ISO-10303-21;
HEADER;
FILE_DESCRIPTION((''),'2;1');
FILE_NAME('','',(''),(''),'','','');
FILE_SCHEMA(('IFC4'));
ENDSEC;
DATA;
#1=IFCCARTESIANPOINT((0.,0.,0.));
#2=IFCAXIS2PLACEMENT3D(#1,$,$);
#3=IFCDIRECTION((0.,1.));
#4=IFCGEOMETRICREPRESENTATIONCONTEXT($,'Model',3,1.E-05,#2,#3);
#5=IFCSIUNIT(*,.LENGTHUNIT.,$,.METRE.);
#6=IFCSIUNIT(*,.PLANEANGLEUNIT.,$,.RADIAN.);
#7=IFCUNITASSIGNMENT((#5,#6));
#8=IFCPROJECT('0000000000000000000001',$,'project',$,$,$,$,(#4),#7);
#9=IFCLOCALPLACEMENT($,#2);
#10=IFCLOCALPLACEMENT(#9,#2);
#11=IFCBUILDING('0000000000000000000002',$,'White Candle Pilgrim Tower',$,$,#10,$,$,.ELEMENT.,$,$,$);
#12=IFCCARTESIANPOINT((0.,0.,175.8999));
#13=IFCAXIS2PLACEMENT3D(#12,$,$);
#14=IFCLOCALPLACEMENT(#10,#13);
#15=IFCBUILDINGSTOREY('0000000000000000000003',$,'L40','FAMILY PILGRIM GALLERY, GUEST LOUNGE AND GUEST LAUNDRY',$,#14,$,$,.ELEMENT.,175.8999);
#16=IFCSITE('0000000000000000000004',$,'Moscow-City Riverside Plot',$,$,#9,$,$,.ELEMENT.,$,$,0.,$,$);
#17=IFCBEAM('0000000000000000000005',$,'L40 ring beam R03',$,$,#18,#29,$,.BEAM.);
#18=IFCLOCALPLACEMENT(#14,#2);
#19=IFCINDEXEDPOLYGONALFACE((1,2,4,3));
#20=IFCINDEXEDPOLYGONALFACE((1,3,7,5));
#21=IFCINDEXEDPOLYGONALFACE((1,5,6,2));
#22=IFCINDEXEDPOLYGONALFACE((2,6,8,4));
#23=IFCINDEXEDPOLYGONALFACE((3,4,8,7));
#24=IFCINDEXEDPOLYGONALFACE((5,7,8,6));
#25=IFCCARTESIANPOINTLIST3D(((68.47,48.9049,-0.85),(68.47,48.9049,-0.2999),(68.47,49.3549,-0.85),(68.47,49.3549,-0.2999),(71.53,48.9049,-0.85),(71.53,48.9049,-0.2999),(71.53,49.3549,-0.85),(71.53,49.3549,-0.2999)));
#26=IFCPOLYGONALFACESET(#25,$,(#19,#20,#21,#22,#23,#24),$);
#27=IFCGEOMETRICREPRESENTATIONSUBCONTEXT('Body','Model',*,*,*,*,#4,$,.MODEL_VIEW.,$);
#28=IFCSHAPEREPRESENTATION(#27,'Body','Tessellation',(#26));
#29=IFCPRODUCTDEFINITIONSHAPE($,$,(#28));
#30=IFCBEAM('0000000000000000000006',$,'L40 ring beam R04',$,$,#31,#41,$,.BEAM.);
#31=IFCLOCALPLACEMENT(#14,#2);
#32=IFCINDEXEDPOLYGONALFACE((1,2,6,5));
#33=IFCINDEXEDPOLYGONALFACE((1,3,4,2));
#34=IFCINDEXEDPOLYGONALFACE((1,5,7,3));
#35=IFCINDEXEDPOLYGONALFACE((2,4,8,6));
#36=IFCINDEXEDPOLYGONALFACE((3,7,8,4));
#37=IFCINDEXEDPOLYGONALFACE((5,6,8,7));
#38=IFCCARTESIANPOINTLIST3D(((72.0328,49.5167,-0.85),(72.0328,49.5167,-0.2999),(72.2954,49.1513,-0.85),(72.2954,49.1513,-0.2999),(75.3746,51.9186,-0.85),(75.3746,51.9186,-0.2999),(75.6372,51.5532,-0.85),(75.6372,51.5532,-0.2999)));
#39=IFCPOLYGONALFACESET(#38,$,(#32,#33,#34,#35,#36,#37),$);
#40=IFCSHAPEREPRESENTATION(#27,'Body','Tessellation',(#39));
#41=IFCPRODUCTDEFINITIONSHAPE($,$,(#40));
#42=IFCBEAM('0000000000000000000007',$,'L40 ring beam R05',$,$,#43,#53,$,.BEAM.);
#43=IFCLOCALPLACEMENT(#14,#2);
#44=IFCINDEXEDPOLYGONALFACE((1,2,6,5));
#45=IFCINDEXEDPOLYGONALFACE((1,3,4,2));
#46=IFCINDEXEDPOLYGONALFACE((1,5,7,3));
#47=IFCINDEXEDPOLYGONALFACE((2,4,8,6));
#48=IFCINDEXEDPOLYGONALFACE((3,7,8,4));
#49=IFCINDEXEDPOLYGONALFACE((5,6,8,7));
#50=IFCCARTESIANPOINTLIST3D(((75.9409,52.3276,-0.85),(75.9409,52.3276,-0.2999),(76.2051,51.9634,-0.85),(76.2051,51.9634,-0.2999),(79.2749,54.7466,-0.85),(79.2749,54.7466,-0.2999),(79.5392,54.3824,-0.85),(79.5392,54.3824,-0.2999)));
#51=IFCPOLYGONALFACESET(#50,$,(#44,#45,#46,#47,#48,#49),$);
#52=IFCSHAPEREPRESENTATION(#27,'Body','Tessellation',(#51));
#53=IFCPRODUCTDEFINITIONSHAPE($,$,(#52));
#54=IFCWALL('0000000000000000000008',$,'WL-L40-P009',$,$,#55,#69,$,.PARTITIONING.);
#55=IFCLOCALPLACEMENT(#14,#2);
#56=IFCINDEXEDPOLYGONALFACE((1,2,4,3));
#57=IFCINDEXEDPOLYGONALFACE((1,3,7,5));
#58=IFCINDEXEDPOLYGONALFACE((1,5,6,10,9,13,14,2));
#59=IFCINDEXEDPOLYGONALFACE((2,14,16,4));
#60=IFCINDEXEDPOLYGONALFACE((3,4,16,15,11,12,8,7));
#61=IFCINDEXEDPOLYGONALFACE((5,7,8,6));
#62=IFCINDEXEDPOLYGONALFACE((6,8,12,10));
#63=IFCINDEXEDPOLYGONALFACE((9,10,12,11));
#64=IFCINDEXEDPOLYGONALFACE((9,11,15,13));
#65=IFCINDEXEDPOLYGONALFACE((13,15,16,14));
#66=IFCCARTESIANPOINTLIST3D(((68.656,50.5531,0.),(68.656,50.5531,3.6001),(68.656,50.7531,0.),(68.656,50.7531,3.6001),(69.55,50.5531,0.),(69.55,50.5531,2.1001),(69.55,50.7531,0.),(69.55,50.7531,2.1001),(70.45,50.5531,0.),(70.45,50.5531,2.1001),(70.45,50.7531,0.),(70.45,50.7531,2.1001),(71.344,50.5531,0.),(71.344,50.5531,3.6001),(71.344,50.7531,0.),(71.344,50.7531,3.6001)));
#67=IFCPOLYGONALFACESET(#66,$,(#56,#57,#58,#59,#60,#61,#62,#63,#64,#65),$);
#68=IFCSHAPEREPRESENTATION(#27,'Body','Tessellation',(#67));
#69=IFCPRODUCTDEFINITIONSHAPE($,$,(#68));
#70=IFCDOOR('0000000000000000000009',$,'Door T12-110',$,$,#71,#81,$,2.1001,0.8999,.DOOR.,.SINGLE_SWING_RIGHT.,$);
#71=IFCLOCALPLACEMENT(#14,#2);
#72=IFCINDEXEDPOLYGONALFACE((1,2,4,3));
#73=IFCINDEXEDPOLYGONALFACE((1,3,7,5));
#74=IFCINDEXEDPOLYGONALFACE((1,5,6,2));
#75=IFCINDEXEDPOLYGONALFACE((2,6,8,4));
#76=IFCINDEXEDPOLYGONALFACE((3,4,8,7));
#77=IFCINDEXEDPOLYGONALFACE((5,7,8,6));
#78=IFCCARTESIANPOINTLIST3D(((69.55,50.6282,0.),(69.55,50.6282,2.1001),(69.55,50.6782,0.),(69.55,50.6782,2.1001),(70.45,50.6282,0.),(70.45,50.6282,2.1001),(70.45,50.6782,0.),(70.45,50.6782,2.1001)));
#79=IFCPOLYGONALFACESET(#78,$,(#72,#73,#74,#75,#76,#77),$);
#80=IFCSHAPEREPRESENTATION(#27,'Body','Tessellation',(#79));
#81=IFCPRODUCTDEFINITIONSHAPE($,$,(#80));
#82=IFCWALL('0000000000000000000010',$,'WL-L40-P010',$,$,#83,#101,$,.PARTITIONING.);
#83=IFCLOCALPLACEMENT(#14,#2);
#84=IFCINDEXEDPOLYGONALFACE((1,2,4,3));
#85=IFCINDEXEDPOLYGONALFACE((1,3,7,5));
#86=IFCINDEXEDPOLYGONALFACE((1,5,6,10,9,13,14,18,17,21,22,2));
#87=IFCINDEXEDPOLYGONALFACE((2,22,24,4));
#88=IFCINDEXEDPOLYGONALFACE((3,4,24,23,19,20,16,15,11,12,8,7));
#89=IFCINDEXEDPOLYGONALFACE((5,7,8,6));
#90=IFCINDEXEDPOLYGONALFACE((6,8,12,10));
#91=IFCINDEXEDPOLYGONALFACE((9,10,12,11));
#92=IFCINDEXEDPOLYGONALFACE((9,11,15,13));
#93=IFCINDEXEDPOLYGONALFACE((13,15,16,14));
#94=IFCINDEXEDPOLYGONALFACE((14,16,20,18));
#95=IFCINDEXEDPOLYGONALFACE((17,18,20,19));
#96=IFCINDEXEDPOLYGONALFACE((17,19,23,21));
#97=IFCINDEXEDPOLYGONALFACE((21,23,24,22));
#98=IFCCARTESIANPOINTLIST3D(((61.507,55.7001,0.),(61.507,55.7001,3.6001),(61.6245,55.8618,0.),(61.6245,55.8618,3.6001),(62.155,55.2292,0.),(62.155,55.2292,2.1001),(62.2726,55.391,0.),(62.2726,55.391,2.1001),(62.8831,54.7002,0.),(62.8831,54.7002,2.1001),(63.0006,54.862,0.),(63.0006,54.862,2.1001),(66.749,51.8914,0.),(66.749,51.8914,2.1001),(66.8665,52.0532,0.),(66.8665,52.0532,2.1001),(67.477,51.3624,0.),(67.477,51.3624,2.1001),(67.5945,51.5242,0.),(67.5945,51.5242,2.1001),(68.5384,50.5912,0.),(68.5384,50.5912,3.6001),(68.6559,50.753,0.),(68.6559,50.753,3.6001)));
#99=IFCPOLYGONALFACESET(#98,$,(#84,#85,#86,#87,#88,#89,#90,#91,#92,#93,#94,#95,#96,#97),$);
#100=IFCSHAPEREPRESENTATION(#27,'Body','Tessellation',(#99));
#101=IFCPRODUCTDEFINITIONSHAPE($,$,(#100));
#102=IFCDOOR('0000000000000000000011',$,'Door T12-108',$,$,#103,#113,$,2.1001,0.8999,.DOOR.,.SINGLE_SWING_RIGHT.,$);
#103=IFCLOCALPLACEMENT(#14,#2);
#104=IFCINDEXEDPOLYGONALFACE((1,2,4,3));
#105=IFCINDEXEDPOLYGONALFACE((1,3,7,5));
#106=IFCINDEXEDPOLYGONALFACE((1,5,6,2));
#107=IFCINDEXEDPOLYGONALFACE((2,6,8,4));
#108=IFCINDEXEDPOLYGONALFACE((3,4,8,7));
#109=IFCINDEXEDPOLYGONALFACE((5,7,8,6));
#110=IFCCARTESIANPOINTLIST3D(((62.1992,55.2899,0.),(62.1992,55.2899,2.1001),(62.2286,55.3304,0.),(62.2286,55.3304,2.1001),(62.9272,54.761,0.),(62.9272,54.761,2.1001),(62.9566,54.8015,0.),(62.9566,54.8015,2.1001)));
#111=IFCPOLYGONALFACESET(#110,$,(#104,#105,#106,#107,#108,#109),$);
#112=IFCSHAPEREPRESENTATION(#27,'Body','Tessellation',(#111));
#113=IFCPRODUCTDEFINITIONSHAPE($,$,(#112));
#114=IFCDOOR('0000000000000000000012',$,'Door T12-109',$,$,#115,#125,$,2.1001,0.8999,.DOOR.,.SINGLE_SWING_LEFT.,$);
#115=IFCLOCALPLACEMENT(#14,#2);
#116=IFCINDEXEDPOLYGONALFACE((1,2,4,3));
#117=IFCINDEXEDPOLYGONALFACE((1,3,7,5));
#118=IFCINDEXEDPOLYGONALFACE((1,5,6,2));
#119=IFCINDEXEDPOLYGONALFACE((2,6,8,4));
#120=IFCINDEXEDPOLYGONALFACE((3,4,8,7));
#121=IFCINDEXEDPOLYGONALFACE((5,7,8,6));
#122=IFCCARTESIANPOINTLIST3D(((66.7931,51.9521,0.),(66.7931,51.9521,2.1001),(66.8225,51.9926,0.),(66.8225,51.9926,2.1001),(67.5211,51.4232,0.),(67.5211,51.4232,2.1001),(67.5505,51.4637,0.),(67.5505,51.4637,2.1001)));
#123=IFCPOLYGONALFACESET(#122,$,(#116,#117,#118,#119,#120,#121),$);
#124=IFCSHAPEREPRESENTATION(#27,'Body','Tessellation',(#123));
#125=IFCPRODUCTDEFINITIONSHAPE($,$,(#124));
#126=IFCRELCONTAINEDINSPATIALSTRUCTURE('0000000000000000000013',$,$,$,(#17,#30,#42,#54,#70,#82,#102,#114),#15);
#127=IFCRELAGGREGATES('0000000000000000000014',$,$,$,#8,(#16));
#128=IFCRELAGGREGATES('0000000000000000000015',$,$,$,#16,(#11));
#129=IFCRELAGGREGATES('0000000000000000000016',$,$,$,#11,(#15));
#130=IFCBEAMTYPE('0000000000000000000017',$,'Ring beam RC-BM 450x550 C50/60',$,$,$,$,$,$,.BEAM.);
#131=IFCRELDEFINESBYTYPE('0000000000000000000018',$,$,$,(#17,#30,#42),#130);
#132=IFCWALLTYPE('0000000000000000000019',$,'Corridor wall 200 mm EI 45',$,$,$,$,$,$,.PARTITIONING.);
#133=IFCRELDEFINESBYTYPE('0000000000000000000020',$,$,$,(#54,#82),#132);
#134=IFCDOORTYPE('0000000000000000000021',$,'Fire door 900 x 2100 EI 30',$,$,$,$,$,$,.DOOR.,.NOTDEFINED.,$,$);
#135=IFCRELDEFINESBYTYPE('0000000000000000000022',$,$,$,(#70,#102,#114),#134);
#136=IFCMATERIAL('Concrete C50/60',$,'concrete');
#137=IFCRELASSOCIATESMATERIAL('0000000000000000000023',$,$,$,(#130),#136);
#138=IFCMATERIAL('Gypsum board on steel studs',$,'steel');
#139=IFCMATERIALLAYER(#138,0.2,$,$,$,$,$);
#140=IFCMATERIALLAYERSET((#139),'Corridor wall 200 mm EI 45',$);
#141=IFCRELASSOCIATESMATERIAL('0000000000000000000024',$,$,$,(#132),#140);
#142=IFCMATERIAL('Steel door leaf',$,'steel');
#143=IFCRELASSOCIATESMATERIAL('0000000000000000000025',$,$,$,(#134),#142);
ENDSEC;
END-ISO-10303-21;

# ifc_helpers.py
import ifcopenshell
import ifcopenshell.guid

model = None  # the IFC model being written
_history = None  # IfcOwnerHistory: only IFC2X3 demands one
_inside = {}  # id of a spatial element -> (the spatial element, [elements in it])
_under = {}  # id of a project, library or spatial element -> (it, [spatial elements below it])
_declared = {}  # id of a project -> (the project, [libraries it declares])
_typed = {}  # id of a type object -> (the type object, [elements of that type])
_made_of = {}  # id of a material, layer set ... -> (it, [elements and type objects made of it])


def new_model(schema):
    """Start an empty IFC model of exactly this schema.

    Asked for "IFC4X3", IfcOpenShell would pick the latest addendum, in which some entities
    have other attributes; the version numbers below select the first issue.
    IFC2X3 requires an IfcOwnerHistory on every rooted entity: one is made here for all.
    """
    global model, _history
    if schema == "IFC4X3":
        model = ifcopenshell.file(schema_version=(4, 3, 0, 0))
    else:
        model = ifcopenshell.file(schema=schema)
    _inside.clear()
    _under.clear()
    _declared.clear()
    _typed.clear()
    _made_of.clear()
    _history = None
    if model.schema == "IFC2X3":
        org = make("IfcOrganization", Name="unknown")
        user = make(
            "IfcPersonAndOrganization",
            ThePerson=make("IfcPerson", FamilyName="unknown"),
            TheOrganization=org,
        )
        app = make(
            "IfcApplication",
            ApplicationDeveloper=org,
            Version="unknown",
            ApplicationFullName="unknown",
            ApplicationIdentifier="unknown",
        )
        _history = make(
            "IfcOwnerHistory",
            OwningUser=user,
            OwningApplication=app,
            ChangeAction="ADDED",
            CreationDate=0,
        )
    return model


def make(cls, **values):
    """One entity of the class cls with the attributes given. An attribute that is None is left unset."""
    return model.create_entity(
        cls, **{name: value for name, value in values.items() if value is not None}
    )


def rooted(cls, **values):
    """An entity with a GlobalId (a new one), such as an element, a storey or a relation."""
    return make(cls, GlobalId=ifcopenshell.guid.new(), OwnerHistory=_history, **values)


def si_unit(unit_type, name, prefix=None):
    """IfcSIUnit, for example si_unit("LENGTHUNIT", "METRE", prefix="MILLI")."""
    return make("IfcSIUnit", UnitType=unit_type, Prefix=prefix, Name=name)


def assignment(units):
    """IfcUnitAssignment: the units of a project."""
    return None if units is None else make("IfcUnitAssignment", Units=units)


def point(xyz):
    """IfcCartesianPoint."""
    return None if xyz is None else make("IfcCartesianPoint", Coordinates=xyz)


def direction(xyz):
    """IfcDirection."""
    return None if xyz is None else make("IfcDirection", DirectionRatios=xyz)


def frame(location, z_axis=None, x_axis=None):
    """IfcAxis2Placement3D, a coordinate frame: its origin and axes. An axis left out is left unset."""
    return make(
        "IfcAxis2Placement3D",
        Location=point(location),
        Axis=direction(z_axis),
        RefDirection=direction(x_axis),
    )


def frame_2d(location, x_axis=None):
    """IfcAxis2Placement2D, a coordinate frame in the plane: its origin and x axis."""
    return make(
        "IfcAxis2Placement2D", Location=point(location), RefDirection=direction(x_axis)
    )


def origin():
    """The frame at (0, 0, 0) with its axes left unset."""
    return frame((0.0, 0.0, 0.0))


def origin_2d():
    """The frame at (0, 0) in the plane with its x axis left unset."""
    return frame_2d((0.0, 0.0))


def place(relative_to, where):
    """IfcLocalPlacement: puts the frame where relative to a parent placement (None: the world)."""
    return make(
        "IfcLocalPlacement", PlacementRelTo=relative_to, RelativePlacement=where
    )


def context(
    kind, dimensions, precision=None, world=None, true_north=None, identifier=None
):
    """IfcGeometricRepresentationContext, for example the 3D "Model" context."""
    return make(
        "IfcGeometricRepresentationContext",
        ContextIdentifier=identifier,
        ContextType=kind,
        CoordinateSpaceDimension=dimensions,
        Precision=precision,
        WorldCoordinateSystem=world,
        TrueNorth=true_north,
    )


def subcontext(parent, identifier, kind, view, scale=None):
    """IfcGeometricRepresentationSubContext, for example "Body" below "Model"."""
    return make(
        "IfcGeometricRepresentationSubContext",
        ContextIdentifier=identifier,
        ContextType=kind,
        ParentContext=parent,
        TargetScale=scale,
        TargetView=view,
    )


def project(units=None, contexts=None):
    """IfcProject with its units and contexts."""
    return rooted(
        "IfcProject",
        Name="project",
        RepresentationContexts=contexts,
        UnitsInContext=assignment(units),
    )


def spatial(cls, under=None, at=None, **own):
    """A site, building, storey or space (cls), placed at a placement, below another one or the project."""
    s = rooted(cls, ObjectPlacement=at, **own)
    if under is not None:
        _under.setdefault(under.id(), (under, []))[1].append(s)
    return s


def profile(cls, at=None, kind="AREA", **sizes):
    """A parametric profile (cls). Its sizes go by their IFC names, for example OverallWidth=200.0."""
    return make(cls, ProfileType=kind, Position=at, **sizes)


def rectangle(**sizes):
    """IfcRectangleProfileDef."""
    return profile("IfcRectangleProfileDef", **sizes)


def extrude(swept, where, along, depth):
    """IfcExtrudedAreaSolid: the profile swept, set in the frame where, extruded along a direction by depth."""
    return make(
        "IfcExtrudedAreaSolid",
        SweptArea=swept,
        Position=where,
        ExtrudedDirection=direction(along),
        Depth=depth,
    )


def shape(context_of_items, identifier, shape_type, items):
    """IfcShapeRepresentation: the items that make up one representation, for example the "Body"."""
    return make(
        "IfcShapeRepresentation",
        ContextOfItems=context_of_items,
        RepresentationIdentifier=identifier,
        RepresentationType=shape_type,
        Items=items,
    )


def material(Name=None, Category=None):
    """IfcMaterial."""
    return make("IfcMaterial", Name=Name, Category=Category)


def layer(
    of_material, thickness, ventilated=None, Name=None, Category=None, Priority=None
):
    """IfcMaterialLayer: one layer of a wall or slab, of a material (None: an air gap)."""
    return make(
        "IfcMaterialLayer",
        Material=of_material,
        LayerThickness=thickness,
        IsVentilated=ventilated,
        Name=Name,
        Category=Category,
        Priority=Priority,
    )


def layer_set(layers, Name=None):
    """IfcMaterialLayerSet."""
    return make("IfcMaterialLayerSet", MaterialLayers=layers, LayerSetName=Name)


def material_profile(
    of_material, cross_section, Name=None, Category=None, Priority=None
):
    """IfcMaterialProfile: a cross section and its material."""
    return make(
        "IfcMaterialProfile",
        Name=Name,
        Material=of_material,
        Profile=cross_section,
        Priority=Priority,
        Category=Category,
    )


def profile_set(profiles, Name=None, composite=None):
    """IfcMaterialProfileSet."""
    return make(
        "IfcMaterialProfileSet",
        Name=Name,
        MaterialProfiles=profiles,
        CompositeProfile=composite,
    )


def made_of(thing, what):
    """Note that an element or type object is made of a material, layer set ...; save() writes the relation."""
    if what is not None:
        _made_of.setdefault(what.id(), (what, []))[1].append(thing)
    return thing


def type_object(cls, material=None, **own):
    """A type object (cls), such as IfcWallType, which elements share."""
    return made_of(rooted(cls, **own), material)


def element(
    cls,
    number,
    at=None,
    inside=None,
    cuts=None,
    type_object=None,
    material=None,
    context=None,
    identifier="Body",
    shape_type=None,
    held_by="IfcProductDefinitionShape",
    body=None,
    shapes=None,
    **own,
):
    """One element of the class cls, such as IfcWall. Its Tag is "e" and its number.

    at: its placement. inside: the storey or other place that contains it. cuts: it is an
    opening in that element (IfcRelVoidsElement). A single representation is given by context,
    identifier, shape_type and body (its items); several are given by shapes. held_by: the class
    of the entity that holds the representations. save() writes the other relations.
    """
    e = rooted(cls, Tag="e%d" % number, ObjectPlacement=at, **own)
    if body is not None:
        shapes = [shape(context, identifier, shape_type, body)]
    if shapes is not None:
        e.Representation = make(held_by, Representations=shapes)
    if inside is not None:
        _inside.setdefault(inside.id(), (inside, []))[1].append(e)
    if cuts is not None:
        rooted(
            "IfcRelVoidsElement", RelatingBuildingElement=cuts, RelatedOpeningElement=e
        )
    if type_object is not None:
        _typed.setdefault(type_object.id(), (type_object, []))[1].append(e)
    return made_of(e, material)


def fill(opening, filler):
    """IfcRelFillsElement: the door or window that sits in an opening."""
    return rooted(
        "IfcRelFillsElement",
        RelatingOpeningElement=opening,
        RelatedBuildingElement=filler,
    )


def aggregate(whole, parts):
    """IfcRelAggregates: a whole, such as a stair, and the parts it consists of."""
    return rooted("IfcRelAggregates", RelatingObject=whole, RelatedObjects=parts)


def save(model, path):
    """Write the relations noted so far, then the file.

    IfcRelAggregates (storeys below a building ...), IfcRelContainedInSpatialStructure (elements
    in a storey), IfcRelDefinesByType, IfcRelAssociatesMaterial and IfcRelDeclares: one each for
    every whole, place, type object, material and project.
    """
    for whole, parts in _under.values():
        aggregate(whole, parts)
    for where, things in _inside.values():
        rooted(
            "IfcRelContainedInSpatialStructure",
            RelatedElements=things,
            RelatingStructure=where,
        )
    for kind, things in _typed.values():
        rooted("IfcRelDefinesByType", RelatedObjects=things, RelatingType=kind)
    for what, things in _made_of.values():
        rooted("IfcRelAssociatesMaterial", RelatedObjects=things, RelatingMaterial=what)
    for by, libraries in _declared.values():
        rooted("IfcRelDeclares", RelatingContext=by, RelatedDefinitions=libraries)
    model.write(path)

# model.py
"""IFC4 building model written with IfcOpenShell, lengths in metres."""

from ifc_helpers import new_model, si_unit, direction, frame, frame_2d, origin, origin_2d, place, context, subcontext, project, spatial, rectangle, extrude, material, layer, layer_set, material_profile, profile_set, type_object, element, fill, save


model = new_model("IFC4")

# Units and contexts
model_context = context("Model", 3, precision=1e-05, world=origin(), true_north=direction((0.0, 1.0)))
body_context = subcontext(model_context, "Body", "Model", "MODEL_VIEW")
ifc_project = project(units=[si_unit("LENGTHUNIT", "METRE"), si_unit("PLANEANGLEUNIT", "RADIAN")], contexts=[model_context])

# Site, building, storey
site_placement = place(None, origin())
site = spatial("IfcSite", under=ifc_project, at=site_placement, Name="Moscow-City Riverside Plot", CompositionType="ELEMENT", RefElevation=0.0)
building_placement = place(site_placement, origin())
building = spatial("IfcBuilding", under=site, at=building_placement, Name="White Candle Pilgrim Tower", CompositionType="ELEMENT")
storey_placement = place(building_placement, frame((0.0, 0.0, 175.8999)))
storey = spatial("IfcBuildingStorey", under=building, at=storey_placement, Name="L40", Description="FAMILY PILGRIM GALLERY, GUEST LOUNGE AND GUEST LAUNDRY", CompositionType="ELEMENT", Elevation=175.8999)

# Beams
ifc_material_1 = material(Name="Concrete C50/60", Category="concrete")
ifc_material_profile_1 = material_profile(ifc_material_1, rectangle(XDim=0.45, YDim=0.55, at=origin_2d()), Name="RC-BM 450x550")
ifc_profile_set_1 = profile_set([ifc_material_profile_1], Name="Concrete C50/60")
beam_type = type_object("IfcBeamType", Name="Ring beam RC-BM 450x550 C50/60", PredefinedType="BEAM", material=ifc_profile_set_1)
beam_1_placement = place(storey_placement, frame((68.47, 49.1299, -0.575), z_axis=(1.0, 0.0, 0.0), x_axis=(0.0, 1.0, 0.0)))
element("IfcBeam", 1, at=beam_1_placement, inside=storey, type_object=beam_type, Name="L40 ring beam R03", PredefinedType="BEAM", context=body_context, shape_type="SweptSolid", body=[
    extrude(rectangle(XDim=0.45, YDim=0.55, at=origin_2d()), origin(), (0.0, 0.0, 1.0), 3.0601),
])
beam_2_placement = place(storey_placement, frame((72.1641, 49.334, -0.575), z_axis=(0.812022, 0.583626, 0.0), x_axis=(-0.583626, 0.812022, 0.0)))
element("IfcBeam", 2, at=beam_2_placement, inside=storey, type_object=beam_type, Name="L40 ring beam R04", PredefinedType="BEAM", context=body_context, shape_type="SweptSolid", body=[
    extrude(rectangle(XDim=0.45, YDim=0.55, at=origin_2d()), origin(), (0.0, 0.0, 1.0), 4.1155),
])
beam_3_placement = place(storey_placement, frame((76.073, 52.1455, -0.575), z_axis=(0.809402, 0.587255, 0.0), x_axis=(-0.587255, 0.809402, 0.0)))
element("IfcBeam", 3, at=beam_3_placement, inside=storey, type_object=beam_type, Name="L40 ring beam R05", PredefinedType="BEAM", context=body_context, shape_type="SweptSolid", body=[
    extrude(rectangle(XDim=0.45, YDim=0.55, at=origin_2d()), origin(), (0.0, 0.0, 1.0), 4.1191),
])

# Wall, opening, door
ifc_material_2 = material(Name="Gypsum board on steel studs", Category="steel")
ifc_layer_1 = layer(ifc_material_2, 0.2)
ifc_layer_set_1 = layer_set([ifc_layer_1], Name="Corridor wall 200 mm EI 45")
wall_type_1 = type_object("IfcWallType", Name="Corridor wall 200 mm EI 45", PredefinedType="PARTITIONING", material=ifc_layer_set_1)
wall_1_placement = place(storey_placement, frame((71.344, 50.6531, 0.0), z_axis=(0.0, 0.0, 1.0), x_axis=(-1.0, 0.0, 0.0)))
wall_1 = element("IfcWall", 4, at=wall_1_placement, inside=storey, type_object=wall_type_1, Name="WL-L40-P009", PredefinedType="PARTITIONING", context=body_context, shape_type="SweptSolid", body=[
    extrude(rectangle(XDim=2.688, YDim=0.2, at=frame_2d((1.344, 0.0))), origin(), (0.0, 0.0, 1.0), 3.6001),
])
opening_1_placement = place(wall_1_placement, frame((0.894, 0.0, 0.0)))
opening_1 = element("IfcOpeningElement", 5, at=opening_1_placement, cuts=wall_1, PredefinedType="OPENING", context=body_context, shape_type="SweptSolid", body=[
    extrude(rectangle(XDim=0.8999, YDim=2.1001, at=frame_2d((0.45, 1.05))), frame((0.0, 0.1099, 0.0), z_axis=(0.0, -1.0, 0.0), x_axis=(1.0, 0.0, 0.0)), (0.0, 0.0, 1.0), 0.22),
])
ifc_material_3 = material(Name="Steel door leaf", Category="steel")
door_type = type_object("IfcDoorType", Name="Fire door 900 x 2100 EI 30", OperationType="NOTDEFINED", PredefinedType="DOOR", material=ifc_material_3)
door_1_placement = place(opening_1_placement, origin())
door_1 = element("IfcDoor", 6, at=door_1_placement, inside=storey, type_object=door_type, Name="Door T12-110", OperationType="SINGLE_SWING_RIGHT", OverallHeight=2.1001, OverallWidth=0.8999, PredefinedType="DOOR", context=body_context, shape_type="SweptSolid", body=[
    extrude(rectangle(XDim=0.8999, YDim=2.1001, at=frame_2d((0.45, 1.05))), frame((0.0, 0.0249, 0.0), z_axis=(0.0, -1.0, 0.0), x_axis=(1.0, 0.0, 0.0)), (0.0, 0.0, 1.0), 0.05),
])
fill(opening_1, door_1)

# Wall, openings, doors
wall_2_placement = place(storey_placement, frame((68.5972, 50.6721, 0.0), z_axis=(0.0, 0.0, 1.0), x_axis=(-0.809006, 0.587801, 0.0)))
wall_2 = element("IfcWall", 7, at=wall_2_placement, inside=storey, type_object=wall_type_1, Name="WL-L40-P010", PredefinedType="PARTITIONING", context=body_context, shape_type="SweptSolid", body=[
    extrude(rectangle(XDim=8.6914, YDim=0.2, at=frame_2d((4.3457, 0.0))), origin(), (0.0, 0.0, 1.0), 3.6001),
])
opening_2_placement = place(wall_2_placement, frame((6.9905, 0.0, 0.0)))
opening_2 = element("IfcOpeningElement", 8, at=opening_2_placement, cuts=wall_2, PredefinedType="OPENING", context=body_context, shape_type="SweptSolid", body=[
    extrude(rectangle(XDim=0.8999, YDim=2.1001, at=frame_2d((0.45, 1.05))), frame((0.0, 0.1099, 0.0), z_axis=(0.0, -1.0, 0.0), x_axis=(1.0, 0.0, 0.0)), (0.0, 0.0, 1.0), 0.22),
])
opening_3_placement = place(wall_2_placement, frame((1.312, 0.0, 0.0)))
opening_3 = element("IfcOpeningElement", 9, at=opening_3_placement, cuts=wall_2, PredefinedType="OPENING", context=body_context, shape_type="SweptSolid", body=[
    extrude(rectangle(XDim=0.8999, YDim=2.1001, at=frame_2d((0.45, 1.05))), frame((0.0, 0.1099, 0.0), z_axis=(0.0, -1.0, 0.0), x_axis=(1.0, 0.0, 0.0)), (0.0, 0.0, 1.0), 0.22),
])
door_2_placement = place(opening_2_placement, origin())
door_2 = element("IfcDoor", 10, at=door_2_placement, inside=storey, type_object=door_type, Name="Door T12-108", OperationType="SINGLE_SWING_RIGHT", OverallHeight=2.1001, OverallWidth=0.8999, PredefinedType="DOOR", context=body_context, shape_type="SweptSolid", body=[
    extrude(rectangle(XDim=0.8999, YDim=2.1001, at=frame_2d((0.45, 1.05))), frame((0.0, 0.0249, 0.0), z_axis=(0.0, -1.0, 0.0), x_axis=(1.0, 0.0, 0.0)), (0.0, 0.0, 1.0), 0.05),
])
fill(opening_2, door_2)
door_3_placement = place(opening_3_placement, origin())
door_3 = element("IfcDoor", 11, at=door_3_placement, inside=storey, type_object=door_type, Name="Door T12-109", OperationType="SINGLE_SWING_LEFT", OverallHeight=2.1001, OverallWidth=0.8999, PredefinedType="DOOR", context=body_context, shape_type="SweptSolid", body=[
    extrude(rectangle(XDim=0.8999, YDim=2.1001, at=frame_2d((0.45, 1.05))), frame((0.0, 0.0249, 0.0), z_axis=(0.0, -1.0, 0.0), x_axis=(1.0, 0.0, 0.0)), (0.0, 0.0, 1.0), 0.05),
])
fill(opening_3, door_3)

save(model, "model.ifc")
